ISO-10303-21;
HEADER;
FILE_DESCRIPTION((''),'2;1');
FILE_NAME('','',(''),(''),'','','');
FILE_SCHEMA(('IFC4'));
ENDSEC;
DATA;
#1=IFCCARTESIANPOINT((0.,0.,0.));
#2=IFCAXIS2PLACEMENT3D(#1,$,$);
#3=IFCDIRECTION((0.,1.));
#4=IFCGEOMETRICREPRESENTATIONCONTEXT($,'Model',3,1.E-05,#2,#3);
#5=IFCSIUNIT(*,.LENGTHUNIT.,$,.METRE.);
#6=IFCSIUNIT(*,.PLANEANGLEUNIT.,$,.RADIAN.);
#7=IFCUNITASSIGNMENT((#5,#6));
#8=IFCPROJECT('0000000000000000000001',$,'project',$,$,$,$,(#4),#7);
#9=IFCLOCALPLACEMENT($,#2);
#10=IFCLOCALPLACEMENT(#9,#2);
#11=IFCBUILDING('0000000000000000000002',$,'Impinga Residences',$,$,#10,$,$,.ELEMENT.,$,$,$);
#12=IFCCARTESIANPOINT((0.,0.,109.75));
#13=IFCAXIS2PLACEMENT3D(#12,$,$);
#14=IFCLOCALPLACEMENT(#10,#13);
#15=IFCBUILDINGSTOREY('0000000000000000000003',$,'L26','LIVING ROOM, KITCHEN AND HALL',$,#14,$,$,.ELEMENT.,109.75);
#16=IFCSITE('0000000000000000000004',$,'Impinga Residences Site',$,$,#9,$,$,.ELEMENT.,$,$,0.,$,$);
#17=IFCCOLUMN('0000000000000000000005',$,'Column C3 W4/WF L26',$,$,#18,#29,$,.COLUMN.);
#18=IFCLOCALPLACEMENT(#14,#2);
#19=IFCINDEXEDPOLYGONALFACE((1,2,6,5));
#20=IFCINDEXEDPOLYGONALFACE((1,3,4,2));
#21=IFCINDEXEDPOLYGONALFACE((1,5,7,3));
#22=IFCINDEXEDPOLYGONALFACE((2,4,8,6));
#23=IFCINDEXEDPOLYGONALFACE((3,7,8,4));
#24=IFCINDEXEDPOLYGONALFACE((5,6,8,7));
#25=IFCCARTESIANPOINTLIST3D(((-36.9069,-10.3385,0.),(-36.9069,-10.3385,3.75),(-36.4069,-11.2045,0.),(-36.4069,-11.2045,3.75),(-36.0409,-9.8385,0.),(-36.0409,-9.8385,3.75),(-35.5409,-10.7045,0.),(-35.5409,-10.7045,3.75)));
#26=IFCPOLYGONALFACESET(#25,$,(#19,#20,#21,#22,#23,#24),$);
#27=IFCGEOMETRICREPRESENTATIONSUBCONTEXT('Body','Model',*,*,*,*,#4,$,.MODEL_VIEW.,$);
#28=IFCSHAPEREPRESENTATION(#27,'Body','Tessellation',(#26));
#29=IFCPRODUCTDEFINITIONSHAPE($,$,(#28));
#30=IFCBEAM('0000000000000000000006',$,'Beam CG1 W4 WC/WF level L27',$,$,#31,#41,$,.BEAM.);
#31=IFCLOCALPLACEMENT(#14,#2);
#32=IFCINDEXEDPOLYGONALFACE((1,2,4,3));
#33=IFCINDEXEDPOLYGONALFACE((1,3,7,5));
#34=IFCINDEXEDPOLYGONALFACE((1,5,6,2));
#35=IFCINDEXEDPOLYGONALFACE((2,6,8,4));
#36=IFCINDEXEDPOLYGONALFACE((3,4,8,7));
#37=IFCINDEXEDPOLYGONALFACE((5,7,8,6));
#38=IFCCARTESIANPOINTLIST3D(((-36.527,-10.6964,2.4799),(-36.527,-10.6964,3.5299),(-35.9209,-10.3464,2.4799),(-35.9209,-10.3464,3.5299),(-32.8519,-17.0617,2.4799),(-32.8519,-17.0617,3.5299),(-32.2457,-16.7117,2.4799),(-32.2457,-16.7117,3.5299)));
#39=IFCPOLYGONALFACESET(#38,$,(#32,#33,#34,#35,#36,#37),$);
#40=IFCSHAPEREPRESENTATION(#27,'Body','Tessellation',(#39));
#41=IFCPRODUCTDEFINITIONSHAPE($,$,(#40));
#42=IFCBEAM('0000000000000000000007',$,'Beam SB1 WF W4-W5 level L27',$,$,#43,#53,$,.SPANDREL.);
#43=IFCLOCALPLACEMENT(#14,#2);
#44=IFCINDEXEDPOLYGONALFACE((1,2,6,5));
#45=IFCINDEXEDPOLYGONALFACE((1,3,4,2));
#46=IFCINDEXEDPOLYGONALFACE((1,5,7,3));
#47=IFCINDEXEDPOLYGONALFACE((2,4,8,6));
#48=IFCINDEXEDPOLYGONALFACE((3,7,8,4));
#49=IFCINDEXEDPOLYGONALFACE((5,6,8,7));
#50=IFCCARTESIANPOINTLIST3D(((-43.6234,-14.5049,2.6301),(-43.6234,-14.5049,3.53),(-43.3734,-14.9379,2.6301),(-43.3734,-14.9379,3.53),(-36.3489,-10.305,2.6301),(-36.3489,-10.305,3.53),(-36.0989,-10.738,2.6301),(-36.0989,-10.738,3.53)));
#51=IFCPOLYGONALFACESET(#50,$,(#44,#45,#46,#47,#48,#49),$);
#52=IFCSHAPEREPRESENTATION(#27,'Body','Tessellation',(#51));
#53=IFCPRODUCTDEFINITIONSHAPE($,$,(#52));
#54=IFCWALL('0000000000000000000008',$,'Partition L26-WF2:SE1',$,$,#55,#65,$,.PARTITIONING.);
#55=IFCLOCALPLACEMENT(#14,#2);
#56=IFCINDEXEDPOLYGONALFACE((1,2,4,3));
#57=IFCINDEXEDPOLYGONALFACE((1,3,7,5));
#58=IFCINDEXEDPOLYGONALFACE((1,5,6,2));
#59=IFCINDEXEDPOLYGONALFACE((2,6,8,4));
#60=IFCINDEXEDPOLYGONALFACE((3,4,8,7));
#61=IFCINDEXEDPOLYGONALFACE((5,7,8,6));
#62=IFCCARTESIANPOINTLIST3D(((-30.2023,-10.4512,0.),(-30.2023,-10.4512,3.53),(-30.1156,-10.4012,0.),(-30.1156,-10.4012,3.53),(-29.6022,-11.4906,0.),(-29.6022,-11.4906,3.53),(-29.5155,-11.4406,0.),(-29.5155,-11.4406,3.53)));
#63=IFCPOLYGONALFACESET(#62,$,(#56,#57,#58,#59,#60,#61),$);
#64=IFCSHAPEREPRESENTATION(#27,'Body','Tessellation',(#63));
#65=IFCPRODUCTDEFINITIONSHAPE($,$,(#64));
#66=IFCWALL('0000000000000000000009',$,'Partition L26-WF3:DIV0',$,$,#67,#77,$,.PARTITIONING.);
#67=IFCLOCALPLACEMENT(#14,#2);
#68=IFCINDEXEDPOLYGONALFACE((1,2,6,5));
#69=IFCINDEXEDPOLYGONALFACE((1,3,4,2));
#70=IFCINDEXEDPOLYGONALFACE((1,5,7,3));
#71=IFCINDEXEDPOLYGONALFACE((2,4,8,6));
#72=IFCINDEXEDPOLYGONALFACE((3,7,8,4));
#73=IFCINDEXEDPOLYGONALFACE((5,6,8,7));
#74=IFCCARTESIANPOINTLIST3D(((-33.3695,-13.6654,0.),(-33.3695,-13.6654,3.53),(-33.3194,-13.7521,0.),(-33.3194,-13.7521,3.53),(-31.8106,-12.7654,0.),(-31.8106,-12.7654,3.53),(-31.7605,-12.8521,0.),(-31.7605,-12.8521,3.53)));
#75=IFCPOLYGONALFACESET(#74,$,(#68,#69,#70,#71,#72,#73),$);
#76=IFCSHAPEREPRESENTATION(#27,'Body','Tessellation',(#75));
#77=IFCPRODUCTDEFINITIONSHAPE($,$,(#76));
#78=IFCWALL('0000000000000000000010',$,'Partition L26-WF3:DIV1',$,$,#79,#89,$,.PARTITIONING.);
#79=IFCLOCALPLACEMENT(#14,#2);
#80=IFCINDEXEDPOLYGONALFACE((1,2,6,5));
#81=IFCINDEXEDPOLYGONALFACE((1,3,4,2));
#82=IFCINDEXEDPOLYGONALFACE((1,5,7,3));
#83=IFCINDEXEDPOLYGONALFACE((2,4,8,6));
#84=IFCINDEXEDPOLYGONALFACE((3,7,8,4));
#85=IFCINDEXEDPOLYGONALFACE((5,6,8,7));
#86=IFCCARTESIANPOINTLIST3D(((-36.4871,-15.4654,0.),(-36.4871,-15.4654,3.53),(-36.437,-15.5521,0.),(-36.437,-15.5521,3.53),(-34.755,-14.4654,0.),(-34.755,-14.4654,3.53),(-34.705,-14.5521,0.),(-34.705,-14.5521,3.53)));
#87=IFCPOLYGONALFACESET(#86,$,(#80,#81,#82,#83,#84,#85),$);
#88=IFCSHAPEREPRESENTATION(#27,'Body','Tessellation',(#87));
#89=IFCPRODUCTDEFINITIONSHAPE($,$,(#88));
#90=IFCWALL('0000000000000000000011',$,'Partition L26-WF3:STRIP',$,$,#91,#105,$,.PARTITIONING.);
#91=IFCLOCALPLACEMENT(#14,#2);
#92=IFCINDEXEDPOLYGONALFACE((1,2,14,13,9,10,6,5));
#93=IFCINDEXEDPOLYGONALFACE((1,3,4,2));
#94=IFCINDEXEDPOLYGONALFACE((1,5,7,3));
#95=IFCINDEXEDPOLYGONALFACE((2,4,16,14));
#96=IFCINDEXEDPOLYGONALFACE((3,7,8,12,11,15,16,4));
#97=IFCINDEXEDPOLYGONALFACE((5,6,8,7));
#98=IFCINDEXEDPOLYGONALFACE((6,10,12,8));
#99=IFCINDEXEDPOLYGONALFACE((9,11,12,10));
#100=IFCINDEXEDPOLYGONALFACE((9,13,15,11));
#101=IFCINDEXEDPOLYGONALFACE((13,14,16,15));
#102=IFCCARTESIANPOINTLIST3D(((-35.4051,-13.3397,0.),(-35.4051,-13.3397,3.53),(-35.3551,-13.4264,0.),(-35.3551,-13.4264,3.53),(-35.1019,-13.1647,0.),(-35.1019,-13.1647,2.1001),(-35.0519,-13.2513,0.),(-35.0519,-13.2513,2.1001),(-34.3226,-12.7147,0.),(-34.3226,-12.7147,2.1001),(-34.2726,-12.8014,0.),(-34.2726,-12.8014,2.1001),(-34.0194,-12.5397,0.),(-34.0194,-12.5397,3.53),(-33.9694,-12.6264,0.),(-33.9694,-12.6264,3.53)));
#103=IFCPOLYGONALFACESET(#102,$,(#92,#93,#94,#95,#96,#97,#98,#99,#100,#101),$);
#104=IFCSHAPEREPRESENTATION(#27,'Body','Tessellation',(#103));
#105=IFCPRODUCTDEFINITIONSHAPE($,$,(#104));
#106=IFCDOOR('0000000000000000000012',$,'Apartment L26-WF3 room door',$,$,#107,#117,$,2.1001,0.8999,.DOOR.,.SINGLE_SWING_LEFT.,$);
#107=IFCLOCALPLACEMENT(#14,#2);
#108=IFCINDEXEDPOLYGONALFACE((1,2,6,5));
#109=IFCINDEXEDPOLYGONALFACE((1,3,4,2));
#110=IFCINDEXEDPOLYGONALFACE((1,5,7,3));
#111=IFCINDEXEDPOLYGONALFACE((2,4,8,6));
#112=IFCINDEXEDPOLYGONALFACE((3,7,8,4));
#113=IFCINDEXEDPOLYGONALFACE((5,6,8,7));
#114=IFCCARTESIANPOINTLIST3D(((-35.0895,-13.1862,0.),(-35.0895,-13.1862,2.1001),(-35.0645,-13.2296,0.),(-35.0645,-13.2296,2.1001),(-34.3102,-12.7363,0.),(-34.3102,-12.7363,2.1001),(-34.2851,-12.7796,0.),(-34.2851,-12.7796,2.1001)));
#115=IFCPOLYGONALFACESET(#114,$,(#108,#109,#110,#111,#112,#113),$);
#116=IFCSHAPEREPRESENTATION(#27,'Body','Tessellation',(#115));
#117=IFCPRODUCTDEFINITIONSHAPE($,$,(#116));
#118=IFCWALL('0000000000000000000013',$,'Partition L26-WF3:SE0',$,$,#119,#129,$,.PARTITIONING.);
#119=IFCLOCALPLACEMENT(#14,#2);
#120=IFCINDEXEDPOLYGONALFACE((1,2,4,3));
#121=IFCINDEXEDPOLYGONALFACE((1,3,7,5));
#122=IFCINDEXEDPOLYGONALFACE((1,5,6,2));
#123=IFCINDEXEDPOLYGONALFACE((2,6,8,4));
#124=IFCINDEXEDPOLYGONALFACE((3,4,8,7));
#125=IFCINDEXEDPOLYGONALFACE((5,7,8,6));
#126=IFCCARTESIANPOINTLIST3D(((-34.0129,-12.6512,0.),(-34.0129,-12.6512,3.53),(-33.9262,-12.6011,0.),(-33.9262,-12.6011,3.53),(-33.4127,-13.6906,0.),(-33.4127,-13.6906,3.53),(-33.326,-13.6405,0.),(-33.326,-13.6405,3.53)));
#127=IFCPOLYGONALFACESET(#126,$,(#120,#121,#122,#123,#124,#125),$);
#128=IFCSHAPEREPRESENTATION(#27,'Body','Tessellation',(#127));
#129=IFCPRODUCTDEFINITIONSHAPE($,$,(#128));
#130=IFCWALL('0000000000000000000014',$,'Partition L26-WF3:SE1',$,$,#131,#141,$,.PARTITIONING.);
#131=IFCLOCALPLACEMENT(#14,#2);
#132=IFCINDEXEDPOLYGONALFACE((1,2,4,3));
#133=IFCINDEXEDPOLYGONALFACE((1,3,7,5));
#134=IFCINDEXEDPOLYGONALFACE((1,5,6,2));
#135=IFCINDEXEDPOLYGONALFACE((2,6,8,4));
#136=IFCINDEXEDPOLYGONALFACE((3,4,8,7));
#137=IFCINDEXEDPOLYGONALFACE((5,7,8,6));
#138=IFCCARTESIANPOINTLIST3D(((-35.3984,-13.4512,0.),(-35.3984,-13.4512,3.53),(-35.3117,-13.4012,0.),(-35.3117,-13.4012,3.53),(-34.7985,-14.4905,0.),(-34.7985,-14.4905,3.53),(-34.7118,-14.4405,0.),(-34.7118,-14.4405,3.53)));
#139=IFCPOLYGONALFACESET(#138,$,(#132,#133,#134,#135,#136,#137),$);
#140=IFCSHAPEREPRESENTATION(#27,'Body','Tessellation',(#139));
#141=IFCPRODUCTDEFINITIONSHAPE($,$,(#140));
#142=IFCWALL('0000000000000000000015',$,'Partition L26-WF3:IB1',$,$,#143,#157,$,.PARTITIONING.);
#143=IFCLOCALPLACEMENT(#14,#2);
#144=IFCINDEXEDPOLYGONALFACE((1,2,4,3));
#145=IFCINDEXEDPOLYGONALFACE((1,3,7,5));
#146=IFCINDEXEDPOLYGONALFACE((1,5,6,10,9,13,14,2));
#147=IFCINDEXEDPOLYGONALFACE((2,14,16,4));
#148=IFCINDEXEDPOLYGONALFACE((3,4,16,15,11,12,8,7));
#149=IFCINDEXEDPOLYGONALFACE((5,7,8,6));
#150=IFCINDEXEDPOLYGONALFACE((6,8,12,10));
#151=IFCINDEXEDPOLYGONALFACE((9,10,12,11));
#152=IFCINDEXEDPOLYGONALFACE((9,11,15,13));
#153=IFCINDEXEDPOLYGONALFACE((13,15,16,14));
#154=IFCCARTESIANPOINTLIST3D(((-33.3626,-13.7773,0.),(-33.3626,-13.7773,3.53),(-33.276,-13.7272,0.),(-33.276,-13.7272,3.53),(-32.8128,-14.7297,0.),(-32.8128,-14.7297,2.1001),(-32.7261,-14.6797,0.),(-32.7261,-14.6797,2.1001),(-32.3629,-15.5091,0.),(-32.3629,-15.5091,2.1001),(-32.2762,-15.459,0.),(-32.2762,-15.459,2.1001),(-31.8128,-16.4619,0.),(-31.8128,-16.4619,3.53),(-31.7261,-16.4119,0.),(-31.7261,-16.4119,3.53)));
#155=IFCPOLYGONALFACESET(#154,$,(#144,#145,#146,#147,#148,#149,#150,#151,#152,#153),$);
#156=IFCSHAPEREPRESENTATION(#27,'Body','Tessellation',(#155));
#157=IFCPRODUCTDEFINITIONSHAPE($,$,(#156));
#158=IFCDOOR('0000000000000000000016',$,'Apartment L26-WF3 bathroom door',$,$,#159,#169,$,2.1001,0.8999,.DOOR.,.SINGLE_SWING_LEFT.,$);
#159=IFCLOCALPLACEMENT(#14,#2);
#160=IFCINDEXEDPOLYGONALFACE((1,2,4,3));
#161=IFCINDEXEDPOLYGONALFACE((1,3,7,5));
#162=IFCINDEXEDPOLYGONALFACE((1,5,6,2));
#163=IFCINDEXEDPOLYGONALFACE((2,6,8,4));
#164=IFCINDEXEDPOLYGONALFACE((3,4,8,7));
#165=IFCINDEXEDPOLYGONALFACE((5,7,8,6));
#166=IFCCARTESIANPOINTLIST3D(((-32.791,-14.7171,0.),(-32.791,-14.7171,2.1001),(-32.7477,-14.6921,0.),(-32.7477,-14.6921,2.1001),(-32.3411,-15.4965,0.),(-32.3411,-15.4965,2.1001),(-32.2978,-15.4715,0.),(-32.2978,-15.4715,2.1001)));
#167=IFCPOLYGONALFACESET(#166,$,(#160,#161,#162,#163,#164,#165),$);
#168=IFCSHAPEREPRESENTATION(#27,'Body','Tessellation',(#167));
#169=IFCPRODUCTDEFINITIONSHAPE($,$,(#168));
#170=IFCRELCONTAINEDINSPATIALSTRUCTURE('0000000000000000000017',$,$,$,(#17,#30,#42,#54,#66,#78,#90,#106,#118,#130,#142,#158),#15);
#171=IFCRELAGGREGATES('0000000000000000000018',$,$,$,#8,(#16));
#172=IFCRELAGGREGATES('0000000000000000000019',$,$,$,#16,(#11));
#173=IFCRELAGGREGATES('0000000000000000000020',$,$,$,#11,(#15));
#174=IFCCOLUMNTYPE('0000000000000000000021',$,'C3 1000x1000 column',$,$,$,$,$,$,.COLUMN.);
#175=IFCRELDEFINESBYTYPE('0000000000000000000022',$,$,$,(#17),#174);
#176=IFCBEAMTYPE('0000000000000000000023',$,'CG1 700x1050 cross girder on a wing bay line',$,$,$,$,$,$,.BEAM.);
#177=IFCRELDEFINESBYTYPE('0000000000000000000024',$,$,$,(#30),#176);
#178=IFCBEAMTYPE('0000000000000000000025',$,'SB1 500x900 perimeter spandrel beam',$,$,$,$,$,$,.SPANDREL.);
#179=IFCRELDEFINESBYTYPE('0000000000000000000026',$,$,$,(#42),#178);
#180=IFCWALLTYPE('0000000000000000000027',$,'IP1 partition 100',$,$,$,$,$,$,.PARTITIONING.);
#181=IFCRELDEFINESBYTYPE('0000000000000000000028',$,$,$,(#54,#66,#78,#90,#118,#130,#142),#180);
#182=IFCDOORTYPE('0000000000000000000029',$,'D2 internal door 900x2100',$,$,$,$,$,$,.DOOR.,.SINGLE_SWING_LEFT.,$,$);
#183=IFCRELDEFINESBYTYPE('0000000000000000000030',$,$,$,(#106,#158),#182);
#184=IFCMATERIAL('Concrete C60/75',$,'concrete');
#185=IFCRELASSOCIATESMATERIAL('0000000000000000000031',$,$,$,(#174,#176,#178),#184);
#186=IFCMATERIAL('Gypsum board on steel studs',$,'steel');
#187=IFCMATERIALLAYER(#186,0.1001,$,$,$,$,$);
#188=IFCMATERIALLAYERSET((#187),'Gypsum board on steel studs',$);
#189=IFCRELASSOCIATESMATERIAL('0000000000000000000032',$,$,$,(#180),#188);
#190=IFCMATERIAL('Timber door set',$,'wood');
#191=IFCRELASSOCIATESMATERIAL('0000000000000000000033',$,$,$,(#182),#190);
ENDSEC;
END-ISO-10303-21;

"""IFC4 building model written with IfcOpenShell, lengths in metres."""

from ifc_helpers import new_model, si_unit, direction, frame, frame_2d, origin, origin_2d, place, context, subcontext, project, spatial, rectangle, extrude, material, layer, layer_set, material_profile, profile_set, type_object, element, fill, save


model = new_model("IFC4")

# Units and contexts
model_context = context("Model", 3, precision=1e-05, world=origin(), true_north=direction((0.0, 1.0)))
body_context = subcontext(model_context, "Body", "Model", "MODEL_VIEW")
ifc_project = project(units=[si_unit("LENGTHUNIT", "METRE"), si_unit("PLANEANGLEUNIT", "RADIAN")], contexts=[model_context])

# Site, building, storey
site_placement = place(None, origin())
site = spatial("IfcSite", under=ifc_project, at=site_placement, Name="Impinga Residences Site", CompositionType="ELEMENT", RefElevation=0.0)
building_placement = place(site_placement, origin())
building = spatial("IfcBuilding", under=site, at=building_placement, Name="Impinga Residences", CompositionType="ELEMENT")
storey_placement = place(building_placement, frame((0.0, 0.0, 109.75)))
storey = spatial("IfcBuildingStorey", under=building, at=storey_placement, Name="L26", Description="LIVING ROOM, KITCHEN AND HALL", CompositionType="ELEMENT", Elevation=109.75)

# Column
ifc_material_1 = material(Name="Concrete C60/75", Category="concrete")
ifc_material_profile_1 = material_profile(ifc_material_1, rectangle(XDim=1.0, YDim=1.0, at=origin_2d()), Name="RC 1000x1000")
ifc_profile_set_1 = profile_set([ifc_material_profile_1], Name="Concrete C60/75")
column_type = type_object("IfcColumnType", Name="C3 1000x1000 column", PredefinedType="COLUMN", material=ifc_profile_set_1)
column_placement = place(storey_placement, frame((-36.2239, -10.5215, 0.0), z_axis=(0.0, 0.0, 1.0), x_axis=(-0.5, 0.866025, 0.0)))
element("IfcColumn", 1, at=column_placement, inside=storey, type_object=column_type, Name="Column C3 W4/WF L26", PredefinedType="COLUMN", context=body_context, shape_type="SweptSolid", body=[
    extrude(rectangle(XDim=1.0, YDim=1.0, at=origin_2d()), origin(), (0.0, 0.0, 1.0), 3.75),
])

# Beams
ifc_material_profile_2 = material_profile(ifc_material_1, rectangle(XDim=0.7, YDim=1.05, at=origin_2d()), Name="RC 700x1050")
ifc_profile_set_2 = profile_set([ifc_material_profile_2], Name="Concrete C60/75")
beam_type_1 = type_object("IfcBeamType", Name="CG1 700x1050 cross girder on a wing bay line", PredefinedType="BEAM", material=ifc_profile_set_2)
beam_1_placement = place(storey_placement, frame((-32.5488, -16.8867, 3.0049), z_axis=(-0.500008, 0.866021, 0.0), x_axis=(-0.866021, -0.500008, 0.0)))
element("IfcBeam", 2, at=beam_1_placement, inside=storey, type_object=beam_type_1, Name="Beam CG1 W4 WC/WF level L27", PredefinedType="BEAM", context=body_context, shape_type="SweptSolid", body=[
    extrude(rectangle(XDim=0.7, YDim=1.05, at=origin_2d()), origin(), (0.0, 0.0, 1.0), 7.3501),
])
ifc_material_profile_3 = material_profile(ifc_material_1, rectangle(XDim=0.5, YDim=0.8999, at=origin_2d()), Name="RC 500x900")
ifc_profile_set_3 = profile_set([ifc_material_profile_3], Name="Concrete C60/75")
beam_type_2 = type_object("IfcBeamType", Name="SB1 500x900 perimeter spandrel beam", PredefinedType="SPANDREL", material=ifc_profile_set_3)
beam_2_placement = place(storey_placement, frame((-36.2239, -10.5215, 3.0801), z_axis=(-0.866029, -0.499993, 0.0), x_axis=(0.499993, -0.866029, 0.0)))
element("IfcBeam", 3, at=beam_2_placement, inside=storey, type_object=beam_type_2, Name="Beam SB1 WF W4-W5 level L27", PredefinedType="SPANDREL", context=body_context, shape_type="SweptSolid", body=[
    extrude(rectangle(XDim=0.5, YDim=0.8999, at=origin_2d()), origin(), (0.0, 0.0, 1.0), 8.3999),
])

# Walls
ifc_material_2 = material(Name="Gypsum board on steel studs", Category="steel")
ifc_layer_1 = layer(ifc_material_2, 0.1001)
ifc_layer_set_1 = layer_set([ifc_layer_1], Name="Gypsum board on steel studs")
wall_type_1 = type_object("IfcWallType", Name="IP1 partition 100", PredefinedType="PARTITIONING", material=ifc_layer_set_1)
wall_1_placement = place(storey_placement, frame((-29.5588, -11.4656, 0.0), z_axis=(0.0, 0.0, 1.0), x_axis=(-0.500034, 0.866006, 0.0)))
element("IfcWall", 4, at=wall_1_placement, inside=storey, type_object=wall_type_1, Name="Partition L26-WF2:SE1", PredefinedType="PARTITIONING", context=body_context, shape_type="SweptSolid", body=[
    extrude(rectangle(XDim=1.2002, YDim=0.1001, at=frame_2d((0.6001, 0.0))), origin(), (0.0, 0.0, 1.0), 3.53),
])
wall_2_placement = place(storey_placement, frame((-31.7856, -12.8088, 0.0), z_axis=(0.0, 0.0, 1.0), x_axis=(-0.866048, -0.499961, 0.0)))
element("IfcWall", 5, at=wall_2_placement, inside=storey, type_object=wall_type_1, Name="Partition L26-WF3:DIV0", PredefinedType="PARTITIONING", context=body_context, shape_type="SweptSolid", body=[
    extrude(rectangle(XDim=1.8, YDim=0.1001, at=frame_2d((0.8999, 0.0))), origin(), (0.0, 0.0, 1.0), 3.53),
])
wall_3_placement = place(storey_placement, frame((-34.73, -14.5088, 0.0), z_axis=(0.0, 0.0, 1.0), x_axis=(-0.866041, -0.499973, 0.0)))
element("IfcWall", 6, at=wall_3_placement, inside=storey, type_object=wall_type_1, Name="Partition L26-WF3:DIV1", PredefinedType="PARTITIONING", context=body_context, shape_type="SweptSolid", body=[
    extrude(rectangle(XDim=2.0, YDim=0.1001, at=frame_2d((1.0, 0.0))), origin(), (0.0, 0.0, 1.0), 3.53),
])

# Wall, opening, door
wall_4_placement = place(storey_placement, frame((-33.9944, -12.583, 0.0), z_axis=(0.0, 0.0, 1.0), x_axis=(-0.866028, -0.499995, 0.0)))
wall_4 = element("IfcWall", 7, at=wall_4_placement, inside=storey, type_object=wall_type_1, Name="Partition L26-WF3:STRIP", PredefinedType="PARTITIONING", context=body_context, shape_type="SweptSolid", body=[
    extrude(rectangle(XDim=1.6001, YDim=0.1001, at=frame_2d((0.8, 0.0))), origin(), (0.0, 0.0, 1.0), 3.53),
])
opening_1_placement = place(wall_4_placement, frame((0.3501, 0.0, 0.0)))
opening_1 = element("IfcOpeningElement", 8, at=opening_1_placement, cuts=wall_4, PredefinedType="OPENING", context=body_context, shape_type="SweptSolid", body=[
    extrude(rectangle(XDim=0.8999, YDim=2.1001, at=frame_2d((0.45, 1.05))), frame((0.0, 0.0601, 0.0), z_axis=(0.0, -1.0, 0.0), x_axis=(1.0, 0.0, 0.0)), (0.0, 0.0, 1.0), 0.1201),
])
ifc_material_3 = material(Name="Timber door set", Category="wood")
door_type = type_object("IfcDoorType", Name="D2 internal door 900x2100", OperationType="SINGLE_SWING_LEFT", PredefinedType="DOOR", material=ifc_material_3)
door_1_placement = place(opening_1_placement, origin())
door_1 = element("IfcDoor", 9, at=door_1_placement, inside=storey, type_object=door_type, Name="Apartment L26-WF3 room door", OperationType="SINGLE_SWING_LEFT", OverallHeight=2.1001, OverallWidth=0.8999, PredefinedType="DOOR", context=body_context, shape_type="SweptSolid", body=[
    extrude(rectangle(XDim=0.8999, YDim=2.1001, at=frame_2d((0.45, 1.05))), frame((0.0, 0.0249, 0.0), z_axis=(0.0, -1.0, 0.0), x_axis=(1.0, 0.0, 0.0)), (0.0, 0.0, 1.0), 0.05),
])
fill(opening_1, door_1)

# Walls
wall_5_placement = place(storey_placement, frame((-33.3694, -13.6655, 0.0), z_axis=(0.0, 0.0, 1.0), x_axis=(-0.500034, 0.866006, 0.0)))
element("IfcWall", 10, at=wall_5_placement, inside=storey, type_object=wall_type_1, Name="Partition L26-WF3:SE0", PredefinedType="PARTITIONING", context=body_context, shape_type="SweptSolid", body=[
    extrude(rectangle(XDim=1.2002, YDim=0.1001, at=frame_2d((0.6001, 0.0))), origin(), (0.0, 0.0, 1.0), 3.53),
])
wall_6_placement = place(storey_placement, frame((-34.7551, -14.4656, 0.0), z_axis=(0.0, 0.0, 1.0), x_axis=(-0.499881, 0.866094, 0.0)))
element("IfcWall", 11, at=wall_6_placement, inside=storey, type_object=wall_type_1, Name="Partition L26-WF3:SE1", PredefinedType="PARTITIONING", context=body_context, shape_type="SweptSolid", body=[
    extrude(rectangle(XDim=1.2, YDim=0.1001, at=frame_2d((0.6001, 0.0))), origin(), (0.0, 0.0, 1.0), 3.53),
])

# Wall, opening, door
wall_7_placement = place(storey_placement, frame((-31.7695, -16.4368, 0.0), z_axis=(0.0, 0.0, 1.0), x_axis=(-0.499968, 0.866044, 0.0)))
wall_7 = element("IfcWall", 12, at=wall_7_placement, inside=storey, type_object=wall_type_1, Name="Partition L26-WF3:IB1", PredefinedType="PARTITIONING", context=body_context, shape_type="SweptSolid", body=[
    extrude(rectangle(XDim=3.0999, YDim=0.1001, at=frame_2d((1.5498, 0.0))), origin(), (0.0, 0.0, 1.0), 3.53),
])
opening_2_placement = place(wall_7_placement, frame((1.1001, 0.0, 0.0)))
opening_2 = element("IfcOpeningElement", 13, at=opening_2_placement, cuts=wall_7, PredefinedType="OPENING", context=body_context, shape_type="SweptSolid", body=[
    extrude(rectangle(XDim=0.8999, YDim=2.1001, at=frame_2d((0.45, 1.05))), frame((0.0, 0.0601, 0.0), z_axis=(0.0, -1.0, 0.0), x_axis=(1.0, 0.0, 0.0)), (0.0, 0.0, 1.0), 0.1201),
])
door_2_placement = place(opening_2_placement, origin())
door_2 = element("IfcDoor", 14, at=door_2_placement, inside=storey, type_object=door_type, Name="Apartment L26-WF3 bathroom door", OperationType="SINGLE_SWING_LEFT", OverallHeight=2.1001, OverallWidth=0.8999, PredefinedType="DOOR", context=body_context, shape_type="SweptSolid", body=[
    extrude(rectangle(XDim=0.8999, YDim=2.1001, at=frame_2d((0.45, 1.05))), frame((0.0, 0.0249, 0.0), z_axis=(0.0, -1.0, 0.0), x_axis=(1.0, 0.0, 0.0)), (0.0, 0.0, 1.0), 0.05),
])
fill(opening_2, door_2)

save(model, "model.ifc")
